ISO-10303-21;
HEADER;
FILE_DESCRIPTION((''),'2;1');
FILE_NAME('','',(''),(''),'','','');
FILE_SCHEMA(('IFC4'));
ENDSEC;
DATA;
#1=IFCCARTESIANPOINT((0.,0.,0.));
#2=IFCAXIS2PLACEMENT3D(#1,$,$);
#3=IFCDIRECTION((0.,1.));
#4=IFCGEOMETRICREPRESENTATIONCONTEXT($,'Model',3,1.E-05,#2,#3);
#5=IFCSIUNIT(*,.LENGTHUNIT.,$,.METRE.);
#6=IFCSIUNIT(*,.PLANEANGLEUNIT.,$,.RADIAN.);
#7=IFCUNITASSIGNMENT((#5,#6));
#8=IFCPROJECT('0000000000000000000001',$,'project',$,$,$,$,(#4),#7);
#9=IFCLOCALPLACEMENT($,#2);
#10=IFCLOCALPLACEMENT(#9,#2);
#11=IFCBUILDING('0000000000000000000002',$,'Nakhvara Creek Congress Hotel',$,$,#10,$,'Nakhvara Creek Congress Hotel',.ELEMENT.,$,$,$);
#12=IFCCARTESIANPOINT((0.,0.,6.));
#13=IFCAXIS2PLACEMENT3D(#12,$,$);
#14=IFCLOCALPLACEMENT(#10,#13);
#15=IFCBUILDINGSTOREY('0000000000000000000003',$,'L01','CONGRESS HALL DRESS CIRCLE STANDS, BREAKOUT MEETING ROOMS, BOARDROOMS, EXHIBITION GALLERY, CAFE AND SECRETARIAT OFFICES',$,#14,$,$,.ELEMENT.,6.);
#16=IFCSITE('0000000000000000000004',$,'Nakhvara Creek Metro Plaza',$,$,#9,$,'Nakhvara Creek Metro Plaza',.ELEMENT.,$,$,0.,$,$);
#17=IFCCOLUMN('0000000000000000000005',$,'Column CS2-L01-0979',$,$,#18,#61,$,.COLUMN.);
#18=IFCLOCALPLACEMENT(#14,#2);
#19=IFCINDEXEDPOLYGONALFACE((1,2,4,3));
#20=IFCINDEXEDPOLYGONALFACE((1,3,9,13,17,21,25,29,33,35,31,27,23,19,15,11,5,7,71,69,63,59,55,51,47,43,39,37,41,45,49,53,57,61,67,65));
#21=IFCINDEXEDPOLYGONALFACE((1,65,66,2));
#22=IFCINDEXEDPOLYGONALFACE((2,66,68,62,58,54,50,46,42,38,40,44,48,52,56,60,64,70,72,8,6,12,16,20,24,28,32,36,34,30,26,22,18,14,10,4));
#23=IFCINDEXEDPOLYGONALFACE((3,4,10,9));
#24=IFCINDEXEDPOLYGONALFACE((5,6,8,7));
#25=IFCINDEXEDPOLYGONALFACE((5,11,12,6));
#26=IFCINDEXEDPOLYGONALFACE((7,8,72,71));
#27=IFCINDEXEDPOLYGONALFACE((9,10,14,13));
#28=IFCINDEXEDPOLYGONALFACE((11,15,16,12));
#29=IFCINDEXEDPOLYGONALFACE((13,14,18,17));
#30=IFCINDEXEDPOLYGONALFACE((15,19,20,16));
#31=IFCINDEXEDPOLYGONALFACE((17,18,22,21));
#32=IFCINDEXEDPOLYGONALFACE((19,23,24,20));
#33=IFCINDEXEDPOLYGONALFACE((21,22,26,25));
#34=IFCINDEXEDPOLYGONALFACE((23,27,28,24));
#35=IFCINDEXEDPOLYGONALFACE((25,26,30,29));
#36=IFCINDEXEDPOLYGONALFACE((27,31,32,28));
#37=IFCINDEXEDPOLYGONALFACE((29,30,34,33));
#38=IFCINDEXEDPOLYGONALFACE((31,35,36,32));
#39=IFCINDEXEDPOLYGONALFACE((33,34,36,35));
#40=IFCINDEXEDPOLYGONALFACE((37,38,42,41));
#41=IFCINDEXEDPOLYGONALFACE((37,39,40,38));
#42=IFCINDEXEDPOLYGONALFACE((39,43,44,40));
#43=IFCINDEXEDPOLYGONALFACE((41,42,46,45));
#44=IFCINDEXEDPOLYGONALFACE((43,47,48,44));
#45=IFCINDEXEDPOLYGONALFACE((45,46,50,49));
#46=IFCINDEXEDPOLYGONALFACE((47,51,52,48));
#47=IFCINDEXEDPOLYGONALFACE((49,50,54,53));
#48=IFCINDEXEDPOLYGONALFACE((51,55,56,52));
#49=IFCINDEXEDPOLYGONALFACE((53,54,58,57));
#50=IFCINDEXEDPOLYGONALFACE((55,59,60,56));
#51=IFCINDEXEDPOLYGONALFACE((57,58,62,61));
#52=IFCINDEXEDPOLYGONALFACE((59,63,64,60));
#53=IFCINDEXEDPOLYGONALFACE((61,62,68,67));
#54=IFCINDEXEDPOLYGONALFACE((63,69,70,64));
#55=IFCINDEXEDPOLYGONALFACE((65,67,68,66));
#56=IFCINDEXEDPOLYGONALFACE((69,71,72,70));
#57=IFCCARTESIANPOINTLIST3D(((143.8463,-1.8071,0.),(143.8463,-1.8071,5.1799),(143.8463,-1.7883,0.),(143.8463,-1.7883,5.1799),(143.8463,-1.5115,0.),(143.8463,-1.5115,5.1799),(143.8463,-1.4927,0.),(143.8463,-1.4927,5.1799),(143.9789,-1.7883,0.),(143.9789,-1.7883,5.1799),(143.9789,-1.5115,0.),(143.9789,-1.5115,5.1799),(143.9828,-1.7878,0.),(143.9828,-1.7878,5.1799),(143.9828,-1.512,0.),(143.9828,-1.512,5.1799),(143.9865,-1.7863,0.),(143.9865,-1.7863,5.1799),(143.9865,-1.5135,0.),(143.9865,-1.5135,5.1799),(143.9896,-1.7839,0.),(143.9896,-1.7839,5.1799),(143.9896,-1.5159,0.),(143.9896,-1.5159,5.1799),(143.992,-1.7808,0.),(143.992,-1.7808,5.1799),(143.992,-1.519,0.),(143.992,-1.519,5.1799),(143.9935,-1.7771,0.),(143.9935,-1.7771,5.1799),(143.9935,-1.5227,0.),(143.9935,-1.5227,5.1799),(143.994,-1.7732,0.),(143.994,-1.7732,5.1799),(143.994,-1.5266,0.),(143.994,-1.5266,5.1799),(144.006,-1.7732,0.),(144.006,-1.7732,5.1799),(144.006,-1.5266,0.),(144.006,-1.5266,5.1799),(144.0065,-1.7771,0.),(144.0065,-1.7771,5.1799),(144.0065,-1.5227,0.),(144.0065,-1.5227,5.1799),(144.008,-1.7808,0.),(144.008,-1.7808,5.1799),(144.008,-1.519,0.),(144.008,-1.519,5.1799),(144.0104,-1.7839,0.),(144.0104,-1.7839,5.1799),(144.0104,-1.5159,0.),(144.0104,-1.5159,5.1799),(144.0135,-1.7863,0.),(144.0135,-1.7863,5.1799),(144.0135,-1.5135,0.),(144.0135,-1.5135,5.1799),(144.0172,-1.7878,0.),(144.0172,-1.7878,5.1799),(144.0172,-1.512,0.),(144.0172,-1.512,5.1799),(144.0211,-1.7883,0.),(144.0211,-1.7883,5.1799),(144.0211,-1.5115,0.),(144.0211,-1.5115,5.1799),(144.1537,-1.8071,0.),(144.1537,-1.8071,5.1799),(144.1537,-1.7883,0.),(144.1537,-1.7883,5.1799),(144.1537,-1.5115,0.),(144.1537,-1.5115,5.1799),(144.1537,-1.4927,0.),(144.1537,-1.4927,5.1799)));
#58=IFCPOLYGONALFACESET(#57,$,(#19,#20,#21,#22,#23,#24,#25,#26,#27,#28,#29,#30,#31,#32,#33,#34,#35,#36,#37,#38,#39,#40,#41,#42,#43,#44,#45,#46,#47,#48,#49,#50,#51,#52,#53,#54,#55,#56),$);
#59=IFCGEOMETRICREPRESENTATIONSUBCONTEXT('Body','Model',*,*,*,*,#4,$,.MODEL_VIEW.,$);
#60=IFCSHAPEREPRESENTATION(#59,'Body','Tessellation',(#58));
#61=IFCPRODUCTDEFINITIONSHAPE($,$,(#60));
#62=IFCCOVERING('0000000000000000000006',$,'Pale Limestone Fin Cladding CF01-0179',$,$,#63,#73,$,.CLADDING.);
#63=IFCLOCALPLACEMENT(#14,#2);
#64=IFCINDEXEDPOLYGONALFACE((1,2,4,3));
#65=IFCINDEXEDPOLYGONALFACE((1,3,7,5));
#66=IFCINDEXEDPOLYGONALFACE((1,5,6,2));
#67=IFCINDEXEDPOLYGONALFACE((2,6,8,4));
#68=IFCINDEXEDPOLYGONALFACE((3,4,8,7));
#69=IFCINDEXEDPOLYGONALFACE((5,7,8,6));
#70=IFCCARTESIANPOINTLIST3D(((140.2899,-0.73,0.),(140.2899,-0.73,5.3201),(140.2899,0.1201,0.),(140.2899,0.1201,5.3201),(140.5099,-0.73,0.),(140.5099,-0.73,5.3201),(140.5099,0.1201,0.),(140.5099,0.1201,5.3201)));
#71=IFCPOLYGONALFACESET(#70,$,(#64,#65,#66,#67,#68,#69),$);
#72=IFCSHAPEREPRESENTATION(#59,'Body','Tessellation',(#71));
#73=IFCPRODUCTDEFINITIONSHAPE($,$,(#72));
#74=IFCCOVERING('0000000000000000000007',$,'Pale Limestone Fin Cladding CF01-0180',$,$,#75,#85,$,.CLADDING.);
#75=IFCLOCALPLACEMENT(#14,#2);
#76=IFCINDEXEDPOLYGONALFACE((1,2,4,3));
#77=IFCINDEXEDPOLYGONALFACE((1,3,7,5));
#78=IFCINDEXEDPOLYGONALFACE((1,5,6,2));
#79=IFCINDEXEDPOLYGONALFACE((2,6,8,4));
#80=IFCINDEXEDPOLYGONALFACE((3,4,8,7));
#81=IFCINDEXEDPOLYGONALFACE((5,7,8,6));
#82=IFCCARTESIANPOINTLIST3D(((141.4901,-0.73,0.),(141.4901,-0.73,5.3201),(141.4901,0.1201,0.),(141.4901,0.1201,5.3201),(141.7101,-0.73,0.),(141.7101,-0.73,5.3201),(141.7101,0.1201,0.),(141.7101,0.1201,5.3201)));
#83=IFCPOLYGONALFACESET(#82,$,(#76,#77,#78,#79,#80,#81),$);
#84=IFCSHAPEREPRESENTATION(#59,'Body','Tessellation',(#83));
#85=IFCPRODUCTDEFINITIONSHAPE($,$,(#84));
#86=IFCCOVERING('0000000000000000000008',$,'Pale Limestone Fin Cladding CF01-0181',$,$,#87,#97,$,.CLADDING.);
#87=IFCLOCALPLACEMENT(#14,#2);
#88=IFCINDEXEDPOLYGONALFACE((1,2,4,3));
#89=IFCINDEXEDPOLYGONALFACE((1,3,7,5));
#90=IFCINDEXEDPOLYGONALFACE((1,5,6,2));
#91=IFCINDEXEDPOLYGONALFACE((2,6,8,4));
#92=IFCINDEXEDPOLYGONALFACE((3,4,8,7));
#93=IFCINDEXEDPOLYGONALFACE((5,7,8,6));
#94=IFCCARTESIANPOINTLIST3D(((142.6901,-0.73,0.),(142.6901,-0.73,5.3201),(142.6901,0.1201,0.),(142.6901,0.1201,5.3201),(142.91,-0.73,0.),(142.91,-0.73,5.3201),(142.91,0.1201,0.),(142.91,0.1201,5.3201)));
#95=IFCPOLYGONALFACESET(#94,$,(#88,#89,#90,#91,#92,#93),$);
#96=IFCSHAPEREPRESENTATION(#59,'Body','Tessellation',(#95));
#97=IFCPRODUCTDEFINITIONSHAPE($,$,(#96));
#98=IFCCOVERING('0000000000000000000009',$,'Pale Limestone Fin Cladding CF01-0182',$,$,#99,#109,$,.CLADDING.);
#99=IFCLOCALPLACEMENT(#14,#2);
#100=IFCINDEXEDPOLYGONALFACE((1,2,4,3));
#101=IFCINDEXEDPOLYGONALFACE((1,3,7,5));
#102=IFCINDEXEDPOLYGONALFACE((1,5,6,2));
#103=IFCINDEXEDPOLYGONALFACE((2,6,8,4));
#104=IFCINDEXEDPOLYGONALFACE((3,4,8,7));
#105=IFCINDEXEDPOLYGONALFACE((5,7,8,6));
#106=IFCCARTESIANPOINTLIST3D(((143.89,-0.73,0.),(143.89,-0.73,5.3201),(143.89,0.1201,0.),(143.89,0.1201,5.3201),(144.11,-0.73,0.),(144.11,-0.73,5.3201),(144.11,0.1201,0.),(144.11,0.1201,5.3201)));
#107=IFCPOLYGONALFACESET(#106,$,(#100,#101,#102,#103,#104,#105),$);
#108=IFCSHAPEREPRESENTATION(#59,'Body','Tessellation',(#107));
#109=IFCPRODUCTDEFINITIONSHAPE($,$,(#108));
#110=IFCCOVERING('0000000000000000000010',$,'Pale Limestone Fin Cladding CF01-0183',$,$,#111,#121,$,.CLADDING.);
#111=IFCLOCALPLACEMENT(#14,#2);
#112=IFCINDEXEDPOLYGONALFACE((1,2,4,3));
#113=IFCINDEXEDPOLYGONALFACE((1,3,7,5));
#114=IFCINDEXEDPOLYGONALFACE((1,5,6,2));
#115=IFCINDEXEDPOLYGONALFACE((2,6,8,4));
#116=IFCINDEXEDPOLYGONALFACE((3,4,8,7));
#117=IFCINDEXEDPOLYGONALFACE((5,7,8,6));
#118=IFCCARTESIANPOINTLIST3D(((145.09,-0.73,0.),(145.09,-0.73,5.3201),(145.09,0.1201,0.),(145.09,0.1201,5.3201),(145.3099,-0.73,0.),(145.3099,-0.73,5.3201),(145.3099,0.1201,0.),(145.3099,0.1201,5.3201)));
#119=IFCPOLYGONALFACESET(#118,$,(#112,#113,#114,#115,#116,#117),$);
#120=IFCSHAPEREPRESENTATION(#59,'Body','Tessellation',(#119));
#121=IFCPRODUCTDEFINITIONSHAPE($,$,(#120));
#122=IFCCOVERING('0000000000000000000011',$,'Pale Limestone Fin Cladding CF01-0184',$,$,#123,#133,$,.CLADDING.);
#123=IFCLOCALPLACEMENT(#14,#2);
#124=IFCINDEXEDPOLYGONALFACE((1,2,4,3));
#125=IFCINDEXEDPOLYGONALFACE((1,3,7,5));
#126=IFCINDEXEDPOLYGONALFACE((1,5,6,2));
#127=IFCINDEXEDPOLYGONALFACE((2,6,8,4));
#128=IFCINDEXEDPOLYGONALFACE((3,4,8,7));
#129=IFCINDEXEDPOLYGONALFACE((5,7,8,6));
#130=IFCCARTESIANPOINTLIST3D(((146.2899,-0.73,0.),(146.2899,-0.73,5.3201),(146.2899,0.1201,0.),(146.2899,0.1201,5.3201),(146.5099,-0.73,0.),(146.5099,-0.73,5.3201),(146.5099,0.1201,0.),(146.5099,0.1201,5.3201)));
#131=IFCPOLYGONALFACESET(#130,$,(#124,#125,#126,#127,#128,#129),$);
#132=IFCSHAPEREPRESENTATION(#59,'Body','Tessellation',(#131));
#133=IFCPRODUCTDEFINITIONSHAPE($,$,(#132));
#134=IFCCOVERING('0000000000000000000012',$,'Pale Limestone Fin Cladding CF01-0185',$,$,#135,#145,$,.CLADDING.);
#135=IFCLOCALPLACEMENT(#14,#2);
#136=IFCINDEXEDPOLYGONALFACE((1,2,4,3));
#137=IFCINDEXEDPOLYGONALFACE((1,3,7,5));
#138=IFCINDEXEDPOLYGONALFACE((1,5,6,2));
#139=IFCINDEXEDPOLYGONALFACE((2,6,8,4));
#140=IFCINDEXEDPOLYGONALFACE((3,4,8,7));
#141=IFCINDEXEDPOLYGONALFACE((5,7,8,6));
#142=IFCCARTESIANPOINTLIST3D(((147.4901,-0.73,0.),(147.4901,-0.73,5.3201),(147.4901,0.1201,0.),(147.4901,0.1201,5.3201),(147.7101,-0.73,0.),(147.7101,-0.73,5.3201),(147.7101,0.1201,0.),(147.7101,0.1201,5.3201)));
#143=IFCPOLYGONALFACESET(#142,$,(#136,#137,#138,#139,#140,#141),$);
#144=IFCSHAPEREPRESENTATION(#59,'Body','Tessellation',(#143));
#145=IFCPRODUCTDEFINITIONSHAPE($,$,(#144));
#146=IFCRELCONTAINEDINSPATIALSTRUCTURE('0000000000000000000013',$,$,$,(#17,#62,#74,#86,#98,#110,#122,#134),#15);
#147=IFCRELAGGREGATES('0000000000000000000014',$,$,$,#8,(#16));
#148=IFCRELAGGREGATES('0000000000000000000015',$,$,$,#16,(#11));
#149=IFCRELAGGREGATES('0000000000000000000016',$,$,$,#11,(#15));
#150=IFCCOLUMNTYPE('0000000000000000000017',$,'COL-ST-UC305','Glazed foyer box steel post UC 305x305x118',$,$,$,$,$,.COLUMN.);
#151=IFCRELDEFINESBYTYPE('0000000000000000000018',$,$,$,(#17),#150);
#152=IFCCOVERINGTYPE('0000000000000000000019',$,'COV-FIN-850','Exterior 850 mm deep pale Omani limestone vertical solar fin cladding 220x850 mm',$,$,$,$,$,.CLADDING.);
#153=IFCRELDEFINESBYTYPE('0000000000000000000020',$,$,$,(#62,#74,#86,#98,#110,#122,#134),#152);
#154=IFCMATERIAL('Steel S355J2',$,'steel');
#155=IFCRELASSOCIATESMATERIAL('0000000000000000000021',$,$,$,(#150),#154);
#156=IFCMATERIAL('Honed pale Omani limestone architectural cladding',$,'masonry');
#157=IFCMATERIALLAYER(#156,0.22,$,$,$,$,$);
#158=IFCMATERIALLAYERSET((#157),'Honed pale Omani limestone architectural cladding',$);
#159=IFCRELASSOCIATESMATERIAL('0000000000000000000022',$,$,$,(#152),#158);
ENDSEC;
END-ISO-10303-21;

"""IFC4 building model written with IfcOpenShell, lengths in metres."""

from ifc_helpers import new_model, si_unit, direction, frame, origin, origin_2d, place, context, subcontext, project, spatial, rectangle, i_section, extrude, material, layer, layer_set, material_profile, profile_set, type_object, element, save


model = new_model("IFC4")

# Units and contexts
model_context = context("Model", 3, precision=1e-05, world=origin(), true_north=direction((0.0, 1.0)))
body_context = subcontext(model_context, "Body", "Model", "MODEL_VIEW")
ifc_project = project(units=[si_unit("LENGTHUNIT", "METRE"), si_unit("PLANEANGLEUNIT", "RADIAN")], contexts=[model_context])

# Site, building, storey
site_placement = place(None, origin())
site = spatial("IfcSite", under=ifc_project, at=site_placement, Name="Nakhvara Creek Metro Plaza", LongName="Nakhvara Creek Metro Plaza", CompositionType="ELEMENT", RefElevation=0.0)
building_placement = place(site_placement, origin())
building = spatial("IfcBuilding", under=site, at=building_placement, Name="Nakhvara Creek Congress Hotel", LongName="Nakhvara Creek Congress Hotel", CompositionType="ELEMENT")
storey_placement = place(building_placement, frame((0.0, 0.0, 6.0)))
storey = spatial("IfcBuildingStorey", under=building, at=storey_placement, Name="L01", Description="CONGRESS HALL DRESS CIRCLE STANDS, BREAKOUT MEETING ROOMS, BOARDROOMS, EXHIBITION GALLERY, CAFE AND SECRETARIAT OFFICES", CompositionType="ELEMENT", Elevation=6.0)

# Column
ifc_material_1 = material(Name="Steel S355J2", Category="steel")
ifc_material_profile = material_profile(ifc_material_1, i_section(OverallWidth=0.3074, OverallDepth=0.3145, WebThickness=0.012, FlangeThickness=0.0188, FilletRadius=0.0151, at=origin_2d()), Name="UC 305x305x118", Category="LoadBearing")
ifc_profile_set = profile_set([ifc_material_profile], Name="Steel S355J2")
column_type = type_object("IfcColumnType", Name="COL-ST-UC305", Description="Glazed foyer box steel post UC 305x305x118", PredefinedType="COLUMN", material=ifc_profile_set)
column_placement = place(storey_placement, frame((144.0, -1.6499, 0.0), z_axis=(0.0, 0.0, 1.0), x_axis=(1.0, 0.0, 0.0)))
element("IfcColumn", 1, at=column_placement, inside=storey, type_object=column_type, Name="Column CS2-L01-0979", PredefinedType="COLUMN", context=body_context, shape_type="SweptSolid", body=[
    extrude(i_section(OverallWidth=0.3074, OverallDepth=0.3145, WebThickness=0.012, FlangeThickness=0.0188, FilletRadius=0.0151, at=origin_2d()), origin(), (0.0, 0.0, 1.0), 5.1799),
])

# Coverings
ifc_material_2 = material(Name="Honed pale Omani limestone architectural cladding", Category="masonry")
ifc_layer = layer(ifc_material_2, 0.22)
ifc_layer_set = layer_set([ifc_layer], Name="Honed pale Omani limestone architectural cladding")
covering_type = type_object("IfcCoveringType", Name="COV-FIN-850", Description="Exterior 850 mm deep pale Omani limestone vertical solar fin cladding 220x850 mm", PredefinedType="CLADDING", material=ifc_layer_set)
for number, where, z_axis, x_axis, name in (
    (2, (140.3999, -0.3049, 0.0), (0.0, 0.0, 1.0), (1.0, 0.0, 0.0), "Pale Limestone Fin Cladding CF01-0179"),
    (3, (141.6001, -0.3049, 0.0), (0.0, 0.0, 1.0), (1.0, 0.0, 0.0), "Pale Limestone Fin Cladding CF01-0180"),
    (4, (142.8, -0.3049, 0.0), (0.0, 0.0, 1.0), (1.0, 0.0, 0.0), "Pale Limestone Fin Cladding CF01-0181"),
    (5, (144.0, -0.3049, 0.0), (0.0, 0.0, 1.0), (1.0, 0.0, 0.0), "Pale Limestone Fin Cladding CF01-0182"),
    (6, (145.2, -0.3049, 0.0), (0.0, 0.0, 1.0), (1.0, 0.0, 0.0), "Pale Limestone Fin Cladding CF01-0183"),
    (7, (146.3999, -0.3049, 0.0), (0.0, 0.0, 1.0), (1.0, 0.0, 0.0), "Pale Limestone Fin Cladding CF01-0184"),
    (8, (147.6001, -0.3049, 0.0), (0.0, 0.0, 1.0), (1.0, 0.0, 0.0), "Pale Limestone Fin Cladding CF01-0185"),
):
    element("IfcCovering", number, at=place(storey_placement, frame(where, z_axis=z_axis, x_axis=x_axis)), inside=storey, type_object=covering_type, Name=name, PredefinedType="CLADDING", context=body_context, shape_type="SweptSolid", body=[
        extrude(rectangle(XDim=0.22, YDim=0.8501, at=origin_2d()), origin(), (0.0, 0.0, 1.0), 5.3201),
    ])

save(model, "model.ifc")
